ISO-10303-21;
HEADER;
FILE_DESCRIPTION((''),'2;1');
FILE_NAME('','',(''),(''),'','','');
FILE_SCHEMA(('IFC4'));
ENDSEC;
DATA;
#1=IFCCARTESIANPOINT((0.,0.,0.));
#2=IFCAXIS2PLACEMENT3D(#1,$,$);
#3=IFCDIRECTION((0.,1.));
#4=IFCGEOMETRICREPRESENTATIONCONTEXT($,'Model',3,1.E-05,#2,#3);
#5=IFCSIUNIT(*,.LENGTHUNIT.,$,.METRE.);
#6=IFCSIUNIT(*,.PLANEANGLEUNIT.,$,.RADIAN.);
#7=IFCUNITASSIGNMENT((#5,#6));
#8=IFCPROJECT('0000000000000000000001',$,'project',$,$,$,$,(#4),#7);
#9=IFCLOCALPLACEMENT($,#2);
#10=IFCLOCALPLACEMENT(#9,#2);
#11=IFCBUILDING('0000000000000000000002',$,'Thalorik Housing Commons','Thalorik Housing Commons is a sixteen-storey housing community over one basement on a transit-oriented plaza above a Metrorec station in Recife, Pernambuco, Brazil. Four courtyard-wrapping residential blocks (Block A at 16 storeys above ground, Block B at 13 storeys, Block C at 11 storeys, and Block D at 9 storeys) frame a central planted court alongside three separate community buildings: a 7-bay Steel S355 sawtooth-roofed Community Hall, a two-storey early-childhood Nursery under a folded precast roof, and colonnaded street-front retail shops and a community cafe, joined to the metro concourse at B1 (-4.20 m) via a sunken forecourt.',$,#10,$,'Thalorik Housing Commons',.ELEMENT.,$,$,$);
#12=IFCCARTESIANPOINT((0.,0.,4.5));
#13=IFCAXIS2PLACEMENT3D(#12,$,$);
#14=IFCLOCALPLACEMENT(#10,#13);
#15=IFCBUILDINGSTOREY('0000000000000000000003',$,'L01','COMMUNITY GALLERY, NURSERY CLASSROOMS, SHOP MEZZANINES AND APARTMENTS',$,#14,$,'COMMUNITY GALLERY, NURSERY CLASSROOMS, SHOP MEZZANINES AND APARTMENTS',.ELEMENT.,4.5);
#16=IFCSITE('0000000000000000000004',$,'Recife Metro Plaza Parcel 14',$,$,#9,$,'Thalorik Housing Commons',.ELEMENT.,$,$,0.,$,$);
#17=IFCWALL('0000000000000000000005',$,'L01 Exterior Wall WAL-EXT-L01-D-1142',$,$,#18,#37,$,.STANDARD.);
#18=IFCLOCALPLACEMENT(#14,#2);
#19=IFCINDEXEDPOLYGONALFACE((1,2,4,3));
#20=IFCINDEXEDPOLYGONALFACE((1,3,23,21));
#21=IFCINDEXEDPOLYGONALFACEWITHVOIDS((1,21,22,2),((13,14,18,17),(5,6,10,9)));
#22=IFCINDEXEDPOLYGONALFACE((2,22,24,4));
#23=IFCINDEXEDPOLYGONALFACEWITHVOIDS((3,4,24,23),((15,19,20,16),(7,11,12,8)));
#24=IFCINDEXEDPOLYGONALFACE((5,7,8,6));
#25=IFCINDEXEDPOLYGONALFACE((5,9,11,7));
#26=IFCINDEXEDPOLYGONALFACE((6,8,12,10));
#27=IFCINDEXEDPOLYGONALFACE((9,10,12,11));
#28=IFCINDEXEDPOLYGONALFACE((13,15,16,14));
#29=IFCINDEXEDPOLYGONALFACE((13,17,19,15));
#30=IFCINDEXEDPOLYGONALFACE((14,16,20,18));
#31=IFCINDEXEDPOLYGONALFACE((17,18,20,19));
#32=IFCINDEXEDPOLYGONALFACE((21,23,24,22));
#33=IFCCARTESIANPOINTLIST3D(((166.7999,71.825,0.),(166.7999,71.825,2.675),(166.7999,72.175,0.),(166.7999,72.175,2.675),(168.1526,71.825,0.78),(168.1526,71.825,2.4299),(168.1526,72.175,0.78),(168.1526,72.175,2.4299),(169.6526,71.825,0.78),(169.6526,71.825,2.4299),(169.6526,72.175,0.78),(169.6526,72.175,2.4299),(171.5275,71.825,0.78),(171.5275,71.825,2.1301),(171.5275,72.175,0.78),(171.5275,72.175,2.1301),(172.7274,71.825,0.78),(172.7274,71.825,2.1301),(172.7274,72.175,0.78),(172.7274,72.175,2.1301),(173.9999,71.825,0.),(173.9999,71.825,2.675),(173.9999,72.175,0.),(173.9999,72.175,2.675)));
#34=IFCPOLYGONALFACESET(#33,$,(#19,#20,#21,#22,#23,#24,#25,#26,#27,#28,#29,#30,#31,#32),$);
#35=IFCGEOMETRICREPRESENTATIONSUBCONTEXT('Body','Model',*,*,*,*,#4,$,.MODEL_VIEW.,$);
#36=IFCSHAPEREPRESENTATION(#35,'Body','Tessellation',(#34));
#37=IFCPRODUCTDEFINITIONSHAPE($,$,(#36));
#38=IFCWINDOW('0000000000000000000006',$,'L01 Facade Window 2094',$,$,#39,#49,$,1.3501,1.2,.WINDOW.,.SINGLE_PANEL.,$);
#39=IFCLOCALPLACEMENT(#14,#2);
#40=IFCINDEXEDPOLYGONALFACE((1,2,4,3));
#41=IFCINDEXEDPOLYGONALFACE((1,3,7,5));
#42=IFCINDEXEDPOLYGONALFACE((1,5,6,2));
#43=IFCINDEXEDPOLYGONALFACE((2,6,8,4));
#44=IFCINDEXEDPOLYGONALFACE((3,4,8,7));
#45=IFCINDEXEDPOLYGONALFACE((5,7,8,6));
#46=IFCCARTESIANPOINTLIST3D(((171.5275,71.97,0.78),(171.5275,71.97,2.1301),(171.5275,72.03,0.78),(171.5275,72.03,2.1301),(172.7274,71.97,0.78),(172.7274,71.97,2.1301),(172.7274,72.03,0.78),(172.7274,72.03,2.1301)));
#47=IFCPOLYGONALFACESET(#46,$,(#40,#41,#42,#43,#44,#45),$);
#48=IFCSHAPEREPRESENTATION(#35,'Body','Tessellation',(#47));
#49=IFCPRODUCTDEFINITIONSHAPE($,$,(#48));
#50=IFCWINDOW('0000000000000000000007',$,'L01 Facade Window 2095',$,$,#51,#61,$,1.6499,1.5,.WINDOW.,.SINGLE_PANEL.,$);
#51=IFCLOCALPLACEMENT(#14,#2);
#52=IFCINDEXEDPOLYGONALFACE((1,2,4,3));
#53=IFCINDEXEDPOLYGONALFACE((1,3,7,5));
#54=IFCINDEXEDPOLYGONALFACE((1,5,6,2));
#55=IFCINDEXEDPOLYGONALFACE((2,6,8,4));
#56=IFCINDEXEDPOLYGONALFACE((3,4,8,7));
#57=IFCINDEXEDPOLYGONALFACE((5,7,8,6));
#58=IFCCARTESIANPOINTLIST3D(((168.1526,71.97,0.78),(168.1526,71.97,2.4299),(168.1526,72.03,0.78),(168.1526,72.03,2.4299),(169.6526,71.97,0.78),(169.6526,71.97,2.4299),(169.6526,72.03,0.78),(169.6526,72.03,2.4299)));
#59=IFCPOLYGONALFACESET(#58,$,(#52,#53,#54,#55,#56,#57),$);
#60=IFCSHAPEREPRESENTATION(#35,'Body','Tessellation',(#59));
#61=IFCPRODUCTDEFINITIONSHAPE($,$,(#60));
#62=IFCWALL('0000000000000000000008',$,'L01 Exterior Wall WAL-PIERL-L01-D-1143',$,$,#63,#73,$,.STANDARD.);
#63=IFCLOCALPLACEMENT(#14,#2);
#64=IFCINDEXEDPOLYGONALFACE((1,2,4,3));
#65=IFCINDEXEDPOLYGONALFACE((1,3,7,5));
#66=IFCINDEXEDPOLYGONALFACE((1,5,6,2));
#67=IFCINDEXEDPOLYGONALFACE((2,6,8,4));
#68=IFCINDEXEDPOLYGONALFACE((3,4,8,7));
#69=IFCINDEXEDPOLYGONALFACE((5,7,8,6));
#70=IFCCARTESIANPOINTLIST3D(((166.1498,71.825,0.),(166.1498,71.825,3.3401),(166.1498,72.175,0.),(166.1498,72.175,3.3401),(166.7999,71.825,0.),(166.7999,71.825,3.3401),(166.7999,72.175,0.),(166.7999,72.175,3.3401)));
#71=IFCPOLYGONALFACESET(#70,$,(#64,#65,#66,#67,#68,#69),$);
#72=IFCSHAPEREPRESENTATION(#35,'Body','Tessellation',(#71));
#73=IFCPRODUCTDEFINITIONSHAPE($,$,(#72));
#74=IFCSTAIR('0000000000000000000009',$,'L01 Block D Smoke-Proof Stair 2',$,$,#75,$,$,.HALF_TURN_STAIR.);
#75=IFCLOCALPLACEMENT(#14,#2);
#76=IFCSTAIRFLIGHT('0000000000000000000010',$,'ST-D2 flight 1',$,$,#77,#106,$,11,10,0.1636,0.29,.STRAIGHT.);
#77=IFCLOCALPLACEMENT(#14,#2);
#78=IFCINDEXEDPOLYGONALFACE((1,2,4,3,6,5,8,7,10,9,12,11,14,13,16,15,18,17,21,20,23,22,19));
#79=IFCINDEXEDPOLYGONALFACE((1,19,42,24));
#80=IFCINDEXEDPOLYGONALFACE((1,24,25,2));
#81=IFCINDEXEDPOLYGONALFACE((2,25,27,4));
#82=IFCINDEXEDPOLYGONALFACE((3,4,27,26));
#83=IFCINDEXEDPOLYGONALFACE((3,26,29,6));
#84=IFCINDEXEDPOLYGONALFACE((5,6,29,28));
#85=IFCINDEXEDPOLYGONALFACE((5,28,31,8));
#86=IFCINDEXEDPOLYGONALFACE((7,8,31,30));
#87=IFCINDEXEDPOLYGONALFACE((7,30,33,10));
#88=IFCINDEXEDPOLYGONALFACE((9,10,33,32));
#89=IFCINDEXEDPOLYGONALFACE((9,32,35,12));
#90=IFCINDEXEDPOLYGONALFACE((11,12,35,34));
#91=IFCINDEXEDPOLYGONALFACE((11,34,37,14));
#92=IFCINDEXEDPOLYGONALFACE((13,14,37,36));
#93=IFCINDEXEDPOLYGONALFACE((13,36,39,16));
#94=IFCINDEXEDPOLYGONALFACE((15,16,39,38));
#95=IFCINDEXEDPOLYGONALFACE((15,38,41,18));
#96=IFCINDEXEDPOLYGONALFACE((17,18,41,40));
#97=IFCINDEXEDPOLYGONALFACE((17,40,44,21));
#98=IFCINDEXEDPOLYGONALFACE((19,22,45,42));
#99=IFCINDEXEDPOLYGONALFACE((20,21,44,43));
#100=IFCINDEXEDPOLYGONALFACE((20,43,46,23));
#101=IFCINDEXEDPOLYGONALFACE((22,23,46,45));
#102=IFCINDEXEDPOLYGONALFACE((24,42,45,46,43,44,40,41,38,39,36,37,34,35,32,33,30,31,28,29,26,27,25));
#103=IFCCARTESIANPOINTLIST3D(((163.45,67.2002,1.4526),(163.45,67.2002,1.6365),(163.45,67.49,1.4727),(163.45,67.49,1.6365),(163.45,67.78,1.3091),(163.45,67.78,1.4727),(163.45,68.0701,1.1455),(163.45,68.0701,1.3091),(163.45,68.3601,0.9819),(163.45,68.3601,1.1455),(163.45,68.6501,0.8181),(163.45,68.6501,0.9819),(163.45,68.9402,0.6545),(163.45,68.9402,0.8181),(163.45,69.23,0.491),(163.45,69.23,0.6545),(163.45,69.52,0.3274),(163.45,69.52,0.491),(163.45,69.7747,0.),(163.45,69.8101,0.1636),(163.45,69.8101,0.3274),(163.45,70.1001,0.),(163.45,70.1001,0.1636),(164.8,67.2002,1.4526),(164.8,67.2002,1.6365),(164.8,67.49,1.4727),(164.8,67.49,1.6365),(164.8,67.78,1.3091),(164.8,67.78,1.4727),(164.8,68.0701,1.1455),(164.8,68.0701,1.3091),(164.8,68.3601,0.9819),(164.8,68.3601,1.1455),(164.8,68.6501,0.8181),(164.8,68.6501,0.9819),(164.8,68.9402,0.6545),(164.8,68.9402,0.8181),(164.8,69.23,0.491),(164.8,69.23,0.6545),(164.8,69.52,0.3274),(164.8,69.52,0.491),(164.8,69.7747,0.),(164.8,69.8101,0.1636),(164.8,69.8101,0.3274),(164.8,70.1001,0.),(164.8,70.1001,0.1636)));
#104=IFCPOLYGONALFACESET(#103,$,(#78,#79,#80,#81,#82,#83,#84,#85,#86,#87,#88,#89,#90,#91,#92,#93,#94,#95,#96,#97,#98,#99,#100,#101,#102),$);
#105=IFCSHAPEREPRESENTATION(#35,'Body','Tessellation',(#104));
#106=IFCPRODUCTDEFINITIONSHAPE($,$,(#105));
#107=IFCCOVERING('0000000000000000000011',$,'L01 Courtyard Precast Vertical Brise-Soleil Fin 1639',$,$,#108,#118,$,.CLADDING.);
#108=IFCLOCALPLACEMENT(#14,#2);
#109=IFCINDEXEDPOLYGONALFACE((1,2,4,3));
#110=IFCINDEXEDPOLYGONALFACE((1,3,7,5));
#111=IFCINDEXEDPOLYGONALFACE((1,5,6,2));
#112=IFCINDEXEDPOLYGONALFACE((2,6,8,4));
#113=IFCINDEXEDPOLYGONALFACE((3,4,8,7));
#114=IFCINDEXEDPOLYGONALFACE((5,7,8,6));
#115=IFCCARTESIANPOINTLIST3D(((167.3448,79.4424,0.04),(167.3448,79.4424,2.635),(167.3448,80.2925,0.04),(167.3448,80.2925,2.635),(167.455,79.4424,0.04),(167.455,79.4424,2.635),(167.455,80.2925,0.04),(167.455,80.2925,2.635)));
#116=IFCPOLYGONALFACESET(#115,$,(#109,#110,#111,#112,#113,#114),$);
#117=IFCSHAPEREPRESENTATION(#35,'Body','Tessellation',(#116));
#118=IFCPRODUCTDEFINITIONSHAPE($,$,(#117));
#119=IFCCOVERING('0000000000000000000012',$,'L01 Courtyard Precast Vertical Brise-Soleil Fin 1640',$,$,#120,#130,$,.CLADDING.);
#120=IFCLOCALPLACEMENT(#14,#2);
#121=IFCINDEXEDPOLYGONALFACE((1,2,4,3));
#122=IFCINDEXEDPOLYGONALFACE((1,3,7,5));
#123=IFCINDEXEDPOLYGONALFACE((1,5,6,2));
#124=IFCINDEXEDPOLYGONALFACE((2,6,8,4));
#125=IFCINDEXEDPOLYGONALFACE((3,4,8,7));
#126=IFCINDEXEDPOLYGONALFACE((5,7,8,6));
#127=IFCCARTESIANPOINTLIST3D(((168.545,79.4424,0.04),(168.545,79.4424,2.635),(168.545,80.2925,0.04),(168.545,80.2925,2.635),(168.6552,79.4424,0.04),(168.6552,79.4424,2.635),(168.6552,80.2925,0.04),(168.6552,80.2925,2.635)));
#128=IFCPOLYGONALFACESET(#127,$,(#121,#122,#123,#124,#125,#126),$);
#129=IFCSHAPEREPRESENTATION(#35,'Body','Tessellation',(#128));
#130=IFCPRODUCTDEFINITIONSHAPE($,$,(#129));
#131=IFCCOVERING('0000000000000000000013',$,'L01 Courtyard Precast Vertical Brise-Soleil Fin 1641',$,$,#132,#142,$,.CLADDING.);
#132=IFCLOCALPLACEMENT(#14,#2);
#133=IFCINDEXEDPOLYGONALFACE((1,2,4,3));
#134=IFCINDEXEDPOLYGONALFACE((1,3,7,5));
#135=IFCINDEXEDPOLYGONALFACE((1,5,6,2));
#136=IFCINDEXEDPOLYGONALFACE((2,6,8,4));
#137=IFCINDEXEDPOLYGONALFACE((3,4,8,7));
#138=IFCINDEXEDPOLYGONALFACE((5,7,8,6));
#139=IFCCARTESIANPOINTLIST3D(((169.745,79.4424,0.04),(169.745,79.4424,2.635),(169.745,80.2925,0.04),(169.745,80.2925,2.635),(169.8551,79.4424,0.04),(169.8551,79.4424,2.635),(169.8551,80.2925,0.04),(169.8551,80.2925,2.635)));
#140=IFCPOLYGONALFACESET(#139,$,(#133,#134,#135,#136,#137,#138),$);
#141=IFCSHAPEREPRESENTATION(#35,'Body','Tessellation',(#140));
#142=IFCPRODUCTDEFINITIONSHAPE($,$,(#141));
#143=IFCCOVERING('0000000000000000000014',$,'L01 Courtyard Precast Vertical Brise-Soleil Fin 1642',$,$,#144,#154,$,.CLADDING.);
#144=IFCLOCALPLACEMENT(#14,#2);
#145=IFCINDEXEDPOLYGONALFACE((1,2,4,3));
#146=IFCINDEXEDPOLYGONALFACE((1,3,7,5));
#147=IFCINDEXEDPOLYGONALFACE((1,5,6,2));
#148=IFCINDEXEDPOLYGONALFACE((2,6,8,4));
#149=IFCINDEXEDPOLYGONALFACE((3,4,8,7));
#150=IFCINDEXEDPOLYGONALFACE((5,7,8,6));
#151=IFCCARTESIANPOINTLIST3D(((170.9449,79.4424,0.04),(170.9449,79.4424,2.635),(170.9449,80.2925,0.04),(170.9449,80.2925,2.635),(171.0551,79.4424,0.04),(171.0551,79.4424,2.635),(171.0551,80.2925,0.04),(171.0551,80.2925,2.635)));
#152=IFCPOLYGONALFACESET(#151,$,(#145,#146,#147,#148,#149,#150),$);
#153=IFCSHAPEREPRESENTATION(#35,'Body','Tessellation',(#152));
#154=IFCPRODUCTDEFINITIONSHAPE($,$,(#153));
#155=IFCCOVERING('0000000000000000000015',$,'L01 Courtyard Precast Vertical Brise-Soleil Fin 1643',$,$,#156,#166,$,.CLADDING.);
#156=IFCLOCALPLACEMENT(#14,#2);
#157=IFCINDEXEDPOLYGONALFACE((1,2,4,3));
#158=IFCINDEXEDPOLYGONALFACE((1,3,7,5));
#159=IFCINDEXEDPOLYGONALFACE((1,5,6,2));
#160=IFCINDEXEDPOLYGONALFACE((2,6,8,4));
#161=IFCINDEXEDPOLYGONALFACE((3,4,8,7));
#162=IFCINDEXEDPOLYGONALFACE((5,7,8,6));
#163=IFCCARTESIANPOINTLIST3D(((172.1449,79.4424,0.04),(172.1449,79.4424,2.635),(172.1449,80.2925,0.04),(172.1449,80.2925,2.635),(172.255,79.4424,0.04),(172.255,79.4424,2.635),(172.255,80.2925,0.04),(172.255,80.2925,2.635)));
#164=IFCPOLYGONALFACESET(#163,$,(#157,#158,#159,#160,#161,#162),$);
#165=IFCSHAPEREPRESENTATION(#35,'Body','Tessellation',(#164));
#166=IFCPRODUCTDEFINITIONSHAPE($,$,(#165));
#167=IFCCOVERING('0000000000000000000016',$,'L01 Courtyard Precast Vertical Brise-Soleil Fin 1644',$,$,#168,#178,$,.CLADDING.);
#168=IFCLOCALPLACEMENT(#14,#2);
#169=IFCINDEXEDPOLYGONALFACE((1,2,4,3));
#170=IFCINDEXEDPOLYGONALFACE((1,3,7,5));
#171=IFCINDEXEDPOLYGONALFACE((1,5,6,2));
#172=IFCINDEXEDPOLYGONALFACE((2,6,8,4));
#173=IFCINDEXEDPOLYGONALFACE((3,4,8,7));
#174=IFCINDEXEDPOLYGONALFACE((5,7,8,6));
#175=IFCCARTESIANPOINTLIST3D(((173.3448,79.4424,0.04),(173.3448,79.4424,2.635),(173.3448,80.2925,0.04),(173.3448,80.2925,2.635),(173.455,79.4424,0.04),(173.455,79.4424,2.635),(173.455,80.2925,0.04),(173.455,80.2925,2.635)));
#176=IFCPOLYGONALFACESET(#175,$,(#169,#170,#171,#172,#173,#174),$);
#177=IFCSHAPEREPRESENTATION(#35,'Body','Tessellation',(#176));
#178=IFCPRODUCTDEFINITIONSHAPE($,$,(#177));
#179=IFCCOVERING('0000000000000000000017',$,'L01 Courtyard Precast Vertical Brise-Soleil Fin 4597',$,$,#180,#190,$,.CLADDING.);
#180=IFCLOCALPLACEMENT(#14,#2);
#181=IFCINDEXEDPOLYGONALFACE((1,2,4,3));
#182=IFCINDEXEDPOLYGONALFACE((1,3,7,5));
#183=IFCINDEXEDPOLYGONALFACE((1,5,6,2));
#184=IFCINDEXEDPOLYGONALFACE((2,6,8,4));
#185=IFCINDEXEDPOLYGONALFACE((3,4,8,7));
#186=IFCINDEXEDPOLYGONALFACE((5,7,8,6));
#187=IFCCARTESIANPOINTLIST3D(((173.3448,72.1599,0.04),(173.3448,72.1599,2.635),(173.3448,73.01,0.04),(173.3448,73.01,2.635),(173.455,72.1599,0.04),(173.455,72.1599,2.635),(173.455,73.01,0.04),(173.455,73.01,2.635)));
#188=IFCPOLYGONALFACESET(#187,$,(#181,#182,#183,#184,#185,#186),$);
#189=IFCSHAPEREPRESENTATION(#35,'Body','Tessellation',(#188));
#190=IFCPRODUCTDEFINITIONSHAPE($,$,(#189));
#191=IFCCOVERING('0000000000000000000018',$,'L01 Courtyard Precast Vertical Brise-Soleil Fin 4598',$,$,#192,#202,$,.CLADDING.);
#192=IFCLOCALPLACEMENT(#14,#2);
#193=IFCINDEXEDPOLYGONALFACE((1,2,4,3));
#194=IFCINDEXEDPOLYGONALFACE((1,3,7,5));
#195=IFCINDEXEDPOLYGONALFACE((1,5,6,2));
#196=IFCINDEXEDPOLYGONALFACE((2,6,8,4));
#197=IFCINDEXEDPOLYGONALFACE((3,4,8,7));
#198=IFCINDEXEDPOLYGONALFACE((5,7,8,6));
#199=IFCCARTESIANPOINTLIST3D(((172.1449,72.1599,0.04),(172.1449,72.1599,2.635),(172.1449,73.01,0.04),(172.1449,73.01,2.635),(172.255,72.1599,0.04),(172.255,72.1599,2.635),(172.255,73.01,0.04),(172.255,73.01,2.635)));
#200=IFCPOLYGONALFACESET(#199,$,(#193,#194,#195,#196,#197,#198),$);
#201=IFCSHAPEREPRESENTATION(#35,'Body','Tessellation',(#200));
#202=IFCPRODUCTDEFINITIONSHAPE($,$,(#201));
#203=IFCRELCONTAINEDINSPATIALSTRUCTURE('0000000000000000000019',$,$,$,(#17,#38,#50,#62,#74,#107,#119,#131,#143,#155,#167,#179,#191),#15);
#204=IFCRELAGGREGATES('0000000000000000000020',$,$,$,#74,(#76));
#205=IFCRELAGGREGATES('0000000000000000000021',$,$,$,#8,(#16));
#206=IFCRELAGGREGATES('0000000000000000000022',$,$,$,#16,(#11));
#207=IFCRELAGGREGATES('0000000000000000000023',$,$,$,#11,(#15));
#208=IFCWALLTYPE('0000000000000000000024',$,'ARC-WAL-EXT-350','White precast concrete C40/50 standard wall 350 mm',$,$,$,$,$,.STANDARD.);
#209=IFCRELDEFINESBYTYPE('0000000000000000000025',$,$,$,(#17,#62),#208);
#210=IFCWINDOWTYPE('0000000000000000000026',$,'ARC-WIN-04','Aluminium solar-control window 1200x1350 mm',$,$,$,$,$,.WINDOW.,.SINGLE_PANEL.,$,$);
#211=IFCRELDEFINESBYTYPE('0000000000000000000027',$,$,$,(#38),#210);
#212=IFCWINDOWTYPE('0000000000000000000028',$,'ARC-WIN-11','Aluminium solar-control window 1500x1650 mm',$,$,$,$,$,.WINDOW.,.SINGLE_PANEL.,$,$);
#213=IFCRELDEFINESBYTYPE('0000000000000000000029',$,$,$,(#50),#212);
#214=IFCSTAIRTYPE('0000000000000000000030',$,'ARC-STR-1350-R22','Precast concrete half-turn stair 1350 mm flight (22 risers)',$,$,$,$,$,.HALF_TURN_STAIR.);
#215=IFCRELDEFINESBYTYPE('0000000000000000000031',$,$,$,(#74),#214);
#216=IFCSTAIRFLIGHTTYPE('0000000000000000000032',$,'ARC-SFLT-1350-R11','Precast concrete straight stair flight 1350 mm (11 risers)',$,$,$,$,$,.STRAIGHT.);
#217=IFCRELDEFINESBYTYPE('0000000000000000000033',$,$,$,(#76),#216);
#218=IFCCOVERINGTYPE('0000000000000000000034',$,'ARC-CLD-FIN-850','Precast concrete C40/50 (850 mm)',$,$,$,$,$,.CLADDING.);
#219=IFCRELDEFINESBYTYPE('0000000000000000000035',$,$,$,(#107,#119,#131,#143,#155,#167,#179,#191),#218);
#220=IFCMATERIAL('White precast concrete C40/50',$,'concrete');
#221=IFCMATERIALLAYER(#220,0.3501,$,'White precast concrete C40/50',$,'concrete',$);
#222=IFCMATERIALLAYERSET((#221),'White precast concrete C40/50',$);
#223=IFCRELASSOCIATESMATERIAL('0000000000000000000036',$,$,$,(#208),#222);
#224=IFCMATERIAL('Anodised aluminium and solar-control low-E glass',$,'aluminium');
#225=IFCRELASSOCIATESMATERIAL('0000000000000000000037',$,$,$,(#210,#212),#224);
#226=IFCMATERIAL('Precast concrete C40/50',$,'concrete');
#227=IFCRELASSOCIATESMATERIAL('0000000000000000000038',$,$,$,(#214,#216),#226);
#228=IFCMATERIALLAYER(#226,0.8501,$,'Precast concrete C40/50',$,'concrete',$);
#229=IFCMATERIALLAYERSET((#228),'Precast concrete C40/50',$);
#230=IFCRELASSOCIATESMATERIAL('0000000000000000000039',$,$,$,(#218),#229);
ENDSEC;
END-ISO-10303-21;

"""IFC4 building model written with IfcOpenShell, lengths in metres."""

from ifc_helpers import new_model, si_unit, direction, frame, frame_2d, origin, origin_2d, place, context, subcontext, project, spatial, polyline, rectangle, outline, extrude, material, layer, layer_set, type_object, element, fill, aggregate, save


model = new_model("IFC4")

# Units and contexts
model_context = context("Model", 3, precision=1e-05, world=origin(), true_north=direction((0.0, 1.0)))
body_context = subcontext(model_context, "Body", "Model", "MODEL_VIEW")
ifc_project = project(units=[si_unit("LENGTHUNIT", "METRE"), si_unit("PLANEANGLEUNIT", "RADIAN")], contexts=[model_context])

# Site, building, storey
site_placement = place(None, origin())
site = spatial("IfcSite", under=ifc_project, at=site_placement, Name="Recife Metro Plaza Parcel 14", LongName="Thalorik Housing Commons", CompositionType="ELEMENT", RefElevation=0.0)
building_placement = place(site_placement, origin())
building = spatial("IfcBuilding", under=site, at=building_placement, Name="Thalorik Housing Commons", Description="Thalorik Housing Commons is a sixteen-storey housing community over one basement on a transit-oriented plaza above a Metrorec station in Recife, Pernambuco, Brazil. Four courtyard-wrapping residential blocks (Block A at 16 storeys above ground, Block B at 13 storeys, Block C at 11 storeys, and Block D at 9 storeys) frame a central planted court alongside three separate community buildings: a 7-bay Steel S355 sawtooth-roofed Community Hall, a two-storey early-childhood Nursery under a folded precast roof, and colonnaded street-front retail shops and a community cafe, joined to the metro concourse at B1 (-4.20 m) via a sunken forecourt.", LongName="Thalorik Housing Commons", CompositionType="ELEMENT")
storey_placement = place(building_placement, frame((0.0, 0.0, 4.5)))
storey = spatial("IfcBuildingStorey", under=building, at=storey_placement, Name="L01", Description="COMMUNITY GALLERY, NURSERY CLASSROOMS, SHOP MEZZANINES AND APARTMENTS", LongName="COMMUNITY GALLERY, NURSERY CLASSROOMS, SHOP MEZZANINES AND APARTMENTS", CompositionType="ELEMENT", Elevation=4.5)

# Shared definitions
ifc_material_1 = material(Name="Precast concrete C40/50", Category="concrete")

# Shared definitions
ifc_material_2 = material(Name="Anodised aluminium and solar-control low-E glass", Category="aluminium")

# Wall, openings, windows
ifc_material_3 = material(Name="White precast concrete C40/50", Category="concrete")
ifc_layer_1 = layer(ifc_material_3, 0.3501, Name="White precast concrete C40/50", Category="concrete")
ifc_layer_set_1 = layer_set([ifc_layer_1], Name="White precast concrete C40/50")
wall_type_1 = type_object("IfcWallType", Name="ARC-WAL-EXT-350", Description="White precast concrete C40/50 standard wall 350 mm", PredefinedType="STANDARD", material=ifc_layer_set_1)
wall_1_placement = place(storey_placement, frame((174.0, 72.0, 0.0), z_axis=(0.0, 0.0, 1.0), x_axis=(-1.0, 0.0, 0.0)))
wall_1 = element("IfcWall", 1, at=wall_1_placement, inside=storey, type_object=wall_type_1, Name="L01 Exterior Wall WAL-EXT-L01-D-1142", PredefinedType="STANDARD", context=body_context, shape_type="SweptSolid", body=[
    extrude(rectangle(XDim=7.2, YDim=0.3501, at=frame_2d((3.6001, 0.0))), origin(), (0.0, 0.0, 1.0), 2.675),
])
opening_1_placement = place(wall_1_placement, frame((1.2725, 0.0, 0.78)))
opening_1 = element("IfcOpeningElement", 2, at=opening_1_placement, cuts=wall_1, PredefinedType="OPENING", context=body_context, shape_type="SweptSolid", body=[
    extrude(rectangle(XDim=1.2, YDim=1.3501, at=frame_2d((0.6001, 0.675))), frame((0.0, 0.1851, 0.0), z_axis=(0.0, -1.0, 0.0), x_axis=(1.0, 0.0, 0.0)), (0.0, 0.0, 1.0), 0.3701),
])
opening_2_placement = place(wall_1_placement, frame((4.3474, 0.0, 0.78)))
opening_2 = element("IfcOpeningElement", 3, at=opening_2_placement, cuts=wall_1, PredefinedType="OPENING", context=body_context, shape_type="SweptSolid", body=[
    extrude(rectangle(XDim=1.5, YDim=1.6499, at=frame_2d((0.75, 0.825))), frame((0.0, 0.1851, 0.0), z_axis=(0.0, -1.0, 0.0), x_axis=(1.0, 0.0, 0.0)), (0.0, 0.0, 1.0), 0.3701),
])
window_type_1 = type_object("IfcWindowType", Name="ARC-WIN-04", Description="Aluminium solar-control window 1200x1350 mm", PartitioningType="SINGLE_PANEL", PredefinedType="WINDOW", material=ifc_material_2)
window_1_placement = place(opening_1_placement, origin())
window_1 = element("IfcWindow", 4, at=window_1_placement, inside=storey, type_object=window_type_1, Name="L01 Facade Window 2094", OverallHeight=1.3501, OverallWidth=1.2, PartitioningType="SINGLE_PANEL", PredefinedType="WINDOW", context=body_context, shape_type="SweptSolid", body=[
    extrude(rectangle(XDim=1.2, YDim=1.3501, at=frame_2d((0.6001, 0.675))), frame((0.0, 0.03, 0.0), z_axis=(0.0, -1.0, 0.0), x_axis=(1.0, 0.0, 0.0)), (0.0, 0.0, 1.0), 0.0601),
])
fill(opening_1, window_1)
window_type_2 = type_object("IfcWindowType", Name="ARC-WIN-11", Description="Aluminium solar-control window 1500x1650 mm", PartitioningType="SINGLE_PANEL", PredefinedType="WINDOW", material=ifc_material_2)
window_2_placement = place(opening_2_placement, origin())
window_2 = element("IfcWindow", 5, at=window_2_placement, inside=storey, type_object=window_type_2, Name="L01 Facade Window 2095", OverallHeight=1.6499, OverallWidth=1.5, PartitioningType="SINGLE_PANEL", PredefinedType="WINDOW", context=body_context, shape_type="SweptSolid", body=[
    extrude(rectangle(XDim=1.5, YDim=1.6499, at=frame_2d((0.75, 0.825))), frame((0.0, 0.03, 0.0), z_axis=(0.0, -1.0, 0.0), x_axis=(1.0, 0.0, 0.0)), (0.0, 0.0, 1.0), 0.0601),
])
fill(opening_2, window_2)

# Wall
wall_2_placement = place(storey_placement, frame((166.8, 72.0, 0.0), z_axis=(0.0, 0.0, 1.0), x_axis=(-1.0, 0.0, 0.0)))
element("IfcWall", 6, at=wall_2_placement, inside=storey, type_object=wall_type_1, Name="L01 Exterior Wall WAL-PIERL-L01-D-1143", PredefinedType="STANDARD", context=body_context, shape_type="SweptSolid", body=[
    extrude(rectangle(XDim=0.6501, YDim=0.3501, at=frame_2d((0.3252, 0.0))), origin(), (0.0, 0.0, 1.0), 3.3401),
])

# Stair, stair flight
stair_type = type_object("IfcStairType", Name="ARC-STR-1350-R22", Description="Precast concrete half-turn stair 1350 mm flight (22 risers)", PredefinedType="HALF_TURN_STAIR", material=ifc_material_1)
stair_placement = place(storey_placement, origin())
stair = element("IfcStair", 7, at=stair_placement, inside=storey, type_object=stair_type, Name="L01 Block D Smoke-Proof Stair 2", PredefinedType="HALF_TURN_STAIR")
stair_flight_type = type_object("IfcStairFlightType", Name="ARC-SFLT-1350-R11", Description="Precast concrete straight stair flight 1350 mm (11 risers)", PredefinedType="STRAIGHT", material=ifc_material_1)
stair_flight_placement = place(storey_placement, frame((164.125, 70.1001, 0.0), z_axis=(0.0, 0.0, 1.0), x_axis=(0.0, -1.0, 0.0)))
stair_flight = element("IfcStairFlight", 8, at=stair_flight_placement, type_object=stair_flight_type, Name="ST-D2 flight 1", NumberOfRisers=11, NumberOfTreads=10, PredefinedType="STRAIGHT", RiserHeight=0.1636, TreadLength=0.29, context=body_context, shape_type="SweptSolid", body=[
    extrude(outline(polyline([(0.0, 0.0), (0.0, 0.1636), (0.29, 0.1636), (0.29, 0.3274), (0.5801, 0.3274), (0.5801, 0.491), (0.8701, 0.491), (0.8701, 0.6545), (1.1599, 0.6545), (1.1599, 0.8181), (1.45, 0.8181), (1.45, 0.9819), (1.74, 0.9819), (1.74, 1.1455), (2.03, 1.1455), (2.03, 1.3091), (2.3201, 1.3091), (2.3201, 1.4727), (2.6101, 1.4727), (2.6101, 1.6365), (2.8999, 1.6365), (2.8999, 1.8), (2.8999, 1.4526), (0.3254, 0.0), (0.0, 0.0)])), frame((0.0, 0.675, 0.0), z_axis=(0.0, -1.0, 0.0), x_axis=(1.0, 0.0, 0.0)), (0.0, 0.0, 1.0), 1.3501),
])
aggregate(stair, [stair_flight])

# Coverings
ifc_layer_2 = layer(ifc_material_1, 0.8501, Name="Precast concrete C40/50", Category="concrete")
ifc_layer_set_2 = layer_set([ifc_layer_2], Name="Precast concrete C40/50")
covering_type_1 = type_object("IfcCoveringType", Name="ARC-CLD-FIN-850", Description="Precast concrete C40/50 (850 mm)", PredefinedType="CLADDING", material=ifc_layer_set_2)
for number, where, z_axis, x_axis, name in (
    (9, (167.3999, 79.8674, 0.04), (0.0, 0.0, 1.0), (1.0, 0.0, 0.0), "L01 Courtyard Precast Vertical Brise-Soleil Fin 1639"),
    (10, (168.6001, 79.8674, 0.04), (0.0, 0.0, 1.0), (1.0, 0.0, 0.0), "L01 Courtyard Precast Vertical Brise-Soleil Fin 1640"),
    (11, (169.8, 79.8674, 0.04), (0.0, 0.0, 1.0), (1.0, 0.0, 0.0), "L01 Courtyard Precast Vertical Brise-Soleil Fin 1641"),
    (12, (171.0, 79.8674, 0.04), (0.0, 0.0, 1.0), (1.0, 0.0, 0.0), "L01 Courtyard Precast Vertical Brise-Soleil Fin 1642"),
    (13, (172.2, 79.8674, 0.04), (0.0, 0.0, 1.0), (1.0, 0.0, 0.0), "L01 Courtyard Precast Vertical Brise-Soleil Fin 1643"),
    (14, (173.3999, 79.8674, 0.04), (0.0, 0.0, 1.0), (1.0, 0.0, 0.0), "L01 Courtyard Precast Vertical Brise-Soleil Fin 1644"),
    (15, (173.3999, 72.585, 0.04), (0.0, 0.0, 1.0), (-1.0, 0.0, 0.0), "L01 Courtyard Precast Vertical Brise-Soleil Fin 4597"),
    (16, (172.2, 72.585, 0.04), (0.0, 0.0, 1.0), (-1.0, 0.0, 0.0), "L01 Courtyard Precast Vertical Brise-Soleil Fin 4598"),
):
    element("IfcCovering", number, at=place(storey_placement, frame(where, z_axis=z_axis, x_axis=x_axis)), inside=storey, type_object=covering_type_1, Name=name, PredefinedType="CLADDING", context=body_context, shape_type="SweptSolid", body=[
        extrude(rectangle(XDim=0.1101, YDim=0.8501, at=origin_2d()), origin(), (0.0, 0.0, 1.0), 2.595),
    ])

save(model, "model.ifc")
